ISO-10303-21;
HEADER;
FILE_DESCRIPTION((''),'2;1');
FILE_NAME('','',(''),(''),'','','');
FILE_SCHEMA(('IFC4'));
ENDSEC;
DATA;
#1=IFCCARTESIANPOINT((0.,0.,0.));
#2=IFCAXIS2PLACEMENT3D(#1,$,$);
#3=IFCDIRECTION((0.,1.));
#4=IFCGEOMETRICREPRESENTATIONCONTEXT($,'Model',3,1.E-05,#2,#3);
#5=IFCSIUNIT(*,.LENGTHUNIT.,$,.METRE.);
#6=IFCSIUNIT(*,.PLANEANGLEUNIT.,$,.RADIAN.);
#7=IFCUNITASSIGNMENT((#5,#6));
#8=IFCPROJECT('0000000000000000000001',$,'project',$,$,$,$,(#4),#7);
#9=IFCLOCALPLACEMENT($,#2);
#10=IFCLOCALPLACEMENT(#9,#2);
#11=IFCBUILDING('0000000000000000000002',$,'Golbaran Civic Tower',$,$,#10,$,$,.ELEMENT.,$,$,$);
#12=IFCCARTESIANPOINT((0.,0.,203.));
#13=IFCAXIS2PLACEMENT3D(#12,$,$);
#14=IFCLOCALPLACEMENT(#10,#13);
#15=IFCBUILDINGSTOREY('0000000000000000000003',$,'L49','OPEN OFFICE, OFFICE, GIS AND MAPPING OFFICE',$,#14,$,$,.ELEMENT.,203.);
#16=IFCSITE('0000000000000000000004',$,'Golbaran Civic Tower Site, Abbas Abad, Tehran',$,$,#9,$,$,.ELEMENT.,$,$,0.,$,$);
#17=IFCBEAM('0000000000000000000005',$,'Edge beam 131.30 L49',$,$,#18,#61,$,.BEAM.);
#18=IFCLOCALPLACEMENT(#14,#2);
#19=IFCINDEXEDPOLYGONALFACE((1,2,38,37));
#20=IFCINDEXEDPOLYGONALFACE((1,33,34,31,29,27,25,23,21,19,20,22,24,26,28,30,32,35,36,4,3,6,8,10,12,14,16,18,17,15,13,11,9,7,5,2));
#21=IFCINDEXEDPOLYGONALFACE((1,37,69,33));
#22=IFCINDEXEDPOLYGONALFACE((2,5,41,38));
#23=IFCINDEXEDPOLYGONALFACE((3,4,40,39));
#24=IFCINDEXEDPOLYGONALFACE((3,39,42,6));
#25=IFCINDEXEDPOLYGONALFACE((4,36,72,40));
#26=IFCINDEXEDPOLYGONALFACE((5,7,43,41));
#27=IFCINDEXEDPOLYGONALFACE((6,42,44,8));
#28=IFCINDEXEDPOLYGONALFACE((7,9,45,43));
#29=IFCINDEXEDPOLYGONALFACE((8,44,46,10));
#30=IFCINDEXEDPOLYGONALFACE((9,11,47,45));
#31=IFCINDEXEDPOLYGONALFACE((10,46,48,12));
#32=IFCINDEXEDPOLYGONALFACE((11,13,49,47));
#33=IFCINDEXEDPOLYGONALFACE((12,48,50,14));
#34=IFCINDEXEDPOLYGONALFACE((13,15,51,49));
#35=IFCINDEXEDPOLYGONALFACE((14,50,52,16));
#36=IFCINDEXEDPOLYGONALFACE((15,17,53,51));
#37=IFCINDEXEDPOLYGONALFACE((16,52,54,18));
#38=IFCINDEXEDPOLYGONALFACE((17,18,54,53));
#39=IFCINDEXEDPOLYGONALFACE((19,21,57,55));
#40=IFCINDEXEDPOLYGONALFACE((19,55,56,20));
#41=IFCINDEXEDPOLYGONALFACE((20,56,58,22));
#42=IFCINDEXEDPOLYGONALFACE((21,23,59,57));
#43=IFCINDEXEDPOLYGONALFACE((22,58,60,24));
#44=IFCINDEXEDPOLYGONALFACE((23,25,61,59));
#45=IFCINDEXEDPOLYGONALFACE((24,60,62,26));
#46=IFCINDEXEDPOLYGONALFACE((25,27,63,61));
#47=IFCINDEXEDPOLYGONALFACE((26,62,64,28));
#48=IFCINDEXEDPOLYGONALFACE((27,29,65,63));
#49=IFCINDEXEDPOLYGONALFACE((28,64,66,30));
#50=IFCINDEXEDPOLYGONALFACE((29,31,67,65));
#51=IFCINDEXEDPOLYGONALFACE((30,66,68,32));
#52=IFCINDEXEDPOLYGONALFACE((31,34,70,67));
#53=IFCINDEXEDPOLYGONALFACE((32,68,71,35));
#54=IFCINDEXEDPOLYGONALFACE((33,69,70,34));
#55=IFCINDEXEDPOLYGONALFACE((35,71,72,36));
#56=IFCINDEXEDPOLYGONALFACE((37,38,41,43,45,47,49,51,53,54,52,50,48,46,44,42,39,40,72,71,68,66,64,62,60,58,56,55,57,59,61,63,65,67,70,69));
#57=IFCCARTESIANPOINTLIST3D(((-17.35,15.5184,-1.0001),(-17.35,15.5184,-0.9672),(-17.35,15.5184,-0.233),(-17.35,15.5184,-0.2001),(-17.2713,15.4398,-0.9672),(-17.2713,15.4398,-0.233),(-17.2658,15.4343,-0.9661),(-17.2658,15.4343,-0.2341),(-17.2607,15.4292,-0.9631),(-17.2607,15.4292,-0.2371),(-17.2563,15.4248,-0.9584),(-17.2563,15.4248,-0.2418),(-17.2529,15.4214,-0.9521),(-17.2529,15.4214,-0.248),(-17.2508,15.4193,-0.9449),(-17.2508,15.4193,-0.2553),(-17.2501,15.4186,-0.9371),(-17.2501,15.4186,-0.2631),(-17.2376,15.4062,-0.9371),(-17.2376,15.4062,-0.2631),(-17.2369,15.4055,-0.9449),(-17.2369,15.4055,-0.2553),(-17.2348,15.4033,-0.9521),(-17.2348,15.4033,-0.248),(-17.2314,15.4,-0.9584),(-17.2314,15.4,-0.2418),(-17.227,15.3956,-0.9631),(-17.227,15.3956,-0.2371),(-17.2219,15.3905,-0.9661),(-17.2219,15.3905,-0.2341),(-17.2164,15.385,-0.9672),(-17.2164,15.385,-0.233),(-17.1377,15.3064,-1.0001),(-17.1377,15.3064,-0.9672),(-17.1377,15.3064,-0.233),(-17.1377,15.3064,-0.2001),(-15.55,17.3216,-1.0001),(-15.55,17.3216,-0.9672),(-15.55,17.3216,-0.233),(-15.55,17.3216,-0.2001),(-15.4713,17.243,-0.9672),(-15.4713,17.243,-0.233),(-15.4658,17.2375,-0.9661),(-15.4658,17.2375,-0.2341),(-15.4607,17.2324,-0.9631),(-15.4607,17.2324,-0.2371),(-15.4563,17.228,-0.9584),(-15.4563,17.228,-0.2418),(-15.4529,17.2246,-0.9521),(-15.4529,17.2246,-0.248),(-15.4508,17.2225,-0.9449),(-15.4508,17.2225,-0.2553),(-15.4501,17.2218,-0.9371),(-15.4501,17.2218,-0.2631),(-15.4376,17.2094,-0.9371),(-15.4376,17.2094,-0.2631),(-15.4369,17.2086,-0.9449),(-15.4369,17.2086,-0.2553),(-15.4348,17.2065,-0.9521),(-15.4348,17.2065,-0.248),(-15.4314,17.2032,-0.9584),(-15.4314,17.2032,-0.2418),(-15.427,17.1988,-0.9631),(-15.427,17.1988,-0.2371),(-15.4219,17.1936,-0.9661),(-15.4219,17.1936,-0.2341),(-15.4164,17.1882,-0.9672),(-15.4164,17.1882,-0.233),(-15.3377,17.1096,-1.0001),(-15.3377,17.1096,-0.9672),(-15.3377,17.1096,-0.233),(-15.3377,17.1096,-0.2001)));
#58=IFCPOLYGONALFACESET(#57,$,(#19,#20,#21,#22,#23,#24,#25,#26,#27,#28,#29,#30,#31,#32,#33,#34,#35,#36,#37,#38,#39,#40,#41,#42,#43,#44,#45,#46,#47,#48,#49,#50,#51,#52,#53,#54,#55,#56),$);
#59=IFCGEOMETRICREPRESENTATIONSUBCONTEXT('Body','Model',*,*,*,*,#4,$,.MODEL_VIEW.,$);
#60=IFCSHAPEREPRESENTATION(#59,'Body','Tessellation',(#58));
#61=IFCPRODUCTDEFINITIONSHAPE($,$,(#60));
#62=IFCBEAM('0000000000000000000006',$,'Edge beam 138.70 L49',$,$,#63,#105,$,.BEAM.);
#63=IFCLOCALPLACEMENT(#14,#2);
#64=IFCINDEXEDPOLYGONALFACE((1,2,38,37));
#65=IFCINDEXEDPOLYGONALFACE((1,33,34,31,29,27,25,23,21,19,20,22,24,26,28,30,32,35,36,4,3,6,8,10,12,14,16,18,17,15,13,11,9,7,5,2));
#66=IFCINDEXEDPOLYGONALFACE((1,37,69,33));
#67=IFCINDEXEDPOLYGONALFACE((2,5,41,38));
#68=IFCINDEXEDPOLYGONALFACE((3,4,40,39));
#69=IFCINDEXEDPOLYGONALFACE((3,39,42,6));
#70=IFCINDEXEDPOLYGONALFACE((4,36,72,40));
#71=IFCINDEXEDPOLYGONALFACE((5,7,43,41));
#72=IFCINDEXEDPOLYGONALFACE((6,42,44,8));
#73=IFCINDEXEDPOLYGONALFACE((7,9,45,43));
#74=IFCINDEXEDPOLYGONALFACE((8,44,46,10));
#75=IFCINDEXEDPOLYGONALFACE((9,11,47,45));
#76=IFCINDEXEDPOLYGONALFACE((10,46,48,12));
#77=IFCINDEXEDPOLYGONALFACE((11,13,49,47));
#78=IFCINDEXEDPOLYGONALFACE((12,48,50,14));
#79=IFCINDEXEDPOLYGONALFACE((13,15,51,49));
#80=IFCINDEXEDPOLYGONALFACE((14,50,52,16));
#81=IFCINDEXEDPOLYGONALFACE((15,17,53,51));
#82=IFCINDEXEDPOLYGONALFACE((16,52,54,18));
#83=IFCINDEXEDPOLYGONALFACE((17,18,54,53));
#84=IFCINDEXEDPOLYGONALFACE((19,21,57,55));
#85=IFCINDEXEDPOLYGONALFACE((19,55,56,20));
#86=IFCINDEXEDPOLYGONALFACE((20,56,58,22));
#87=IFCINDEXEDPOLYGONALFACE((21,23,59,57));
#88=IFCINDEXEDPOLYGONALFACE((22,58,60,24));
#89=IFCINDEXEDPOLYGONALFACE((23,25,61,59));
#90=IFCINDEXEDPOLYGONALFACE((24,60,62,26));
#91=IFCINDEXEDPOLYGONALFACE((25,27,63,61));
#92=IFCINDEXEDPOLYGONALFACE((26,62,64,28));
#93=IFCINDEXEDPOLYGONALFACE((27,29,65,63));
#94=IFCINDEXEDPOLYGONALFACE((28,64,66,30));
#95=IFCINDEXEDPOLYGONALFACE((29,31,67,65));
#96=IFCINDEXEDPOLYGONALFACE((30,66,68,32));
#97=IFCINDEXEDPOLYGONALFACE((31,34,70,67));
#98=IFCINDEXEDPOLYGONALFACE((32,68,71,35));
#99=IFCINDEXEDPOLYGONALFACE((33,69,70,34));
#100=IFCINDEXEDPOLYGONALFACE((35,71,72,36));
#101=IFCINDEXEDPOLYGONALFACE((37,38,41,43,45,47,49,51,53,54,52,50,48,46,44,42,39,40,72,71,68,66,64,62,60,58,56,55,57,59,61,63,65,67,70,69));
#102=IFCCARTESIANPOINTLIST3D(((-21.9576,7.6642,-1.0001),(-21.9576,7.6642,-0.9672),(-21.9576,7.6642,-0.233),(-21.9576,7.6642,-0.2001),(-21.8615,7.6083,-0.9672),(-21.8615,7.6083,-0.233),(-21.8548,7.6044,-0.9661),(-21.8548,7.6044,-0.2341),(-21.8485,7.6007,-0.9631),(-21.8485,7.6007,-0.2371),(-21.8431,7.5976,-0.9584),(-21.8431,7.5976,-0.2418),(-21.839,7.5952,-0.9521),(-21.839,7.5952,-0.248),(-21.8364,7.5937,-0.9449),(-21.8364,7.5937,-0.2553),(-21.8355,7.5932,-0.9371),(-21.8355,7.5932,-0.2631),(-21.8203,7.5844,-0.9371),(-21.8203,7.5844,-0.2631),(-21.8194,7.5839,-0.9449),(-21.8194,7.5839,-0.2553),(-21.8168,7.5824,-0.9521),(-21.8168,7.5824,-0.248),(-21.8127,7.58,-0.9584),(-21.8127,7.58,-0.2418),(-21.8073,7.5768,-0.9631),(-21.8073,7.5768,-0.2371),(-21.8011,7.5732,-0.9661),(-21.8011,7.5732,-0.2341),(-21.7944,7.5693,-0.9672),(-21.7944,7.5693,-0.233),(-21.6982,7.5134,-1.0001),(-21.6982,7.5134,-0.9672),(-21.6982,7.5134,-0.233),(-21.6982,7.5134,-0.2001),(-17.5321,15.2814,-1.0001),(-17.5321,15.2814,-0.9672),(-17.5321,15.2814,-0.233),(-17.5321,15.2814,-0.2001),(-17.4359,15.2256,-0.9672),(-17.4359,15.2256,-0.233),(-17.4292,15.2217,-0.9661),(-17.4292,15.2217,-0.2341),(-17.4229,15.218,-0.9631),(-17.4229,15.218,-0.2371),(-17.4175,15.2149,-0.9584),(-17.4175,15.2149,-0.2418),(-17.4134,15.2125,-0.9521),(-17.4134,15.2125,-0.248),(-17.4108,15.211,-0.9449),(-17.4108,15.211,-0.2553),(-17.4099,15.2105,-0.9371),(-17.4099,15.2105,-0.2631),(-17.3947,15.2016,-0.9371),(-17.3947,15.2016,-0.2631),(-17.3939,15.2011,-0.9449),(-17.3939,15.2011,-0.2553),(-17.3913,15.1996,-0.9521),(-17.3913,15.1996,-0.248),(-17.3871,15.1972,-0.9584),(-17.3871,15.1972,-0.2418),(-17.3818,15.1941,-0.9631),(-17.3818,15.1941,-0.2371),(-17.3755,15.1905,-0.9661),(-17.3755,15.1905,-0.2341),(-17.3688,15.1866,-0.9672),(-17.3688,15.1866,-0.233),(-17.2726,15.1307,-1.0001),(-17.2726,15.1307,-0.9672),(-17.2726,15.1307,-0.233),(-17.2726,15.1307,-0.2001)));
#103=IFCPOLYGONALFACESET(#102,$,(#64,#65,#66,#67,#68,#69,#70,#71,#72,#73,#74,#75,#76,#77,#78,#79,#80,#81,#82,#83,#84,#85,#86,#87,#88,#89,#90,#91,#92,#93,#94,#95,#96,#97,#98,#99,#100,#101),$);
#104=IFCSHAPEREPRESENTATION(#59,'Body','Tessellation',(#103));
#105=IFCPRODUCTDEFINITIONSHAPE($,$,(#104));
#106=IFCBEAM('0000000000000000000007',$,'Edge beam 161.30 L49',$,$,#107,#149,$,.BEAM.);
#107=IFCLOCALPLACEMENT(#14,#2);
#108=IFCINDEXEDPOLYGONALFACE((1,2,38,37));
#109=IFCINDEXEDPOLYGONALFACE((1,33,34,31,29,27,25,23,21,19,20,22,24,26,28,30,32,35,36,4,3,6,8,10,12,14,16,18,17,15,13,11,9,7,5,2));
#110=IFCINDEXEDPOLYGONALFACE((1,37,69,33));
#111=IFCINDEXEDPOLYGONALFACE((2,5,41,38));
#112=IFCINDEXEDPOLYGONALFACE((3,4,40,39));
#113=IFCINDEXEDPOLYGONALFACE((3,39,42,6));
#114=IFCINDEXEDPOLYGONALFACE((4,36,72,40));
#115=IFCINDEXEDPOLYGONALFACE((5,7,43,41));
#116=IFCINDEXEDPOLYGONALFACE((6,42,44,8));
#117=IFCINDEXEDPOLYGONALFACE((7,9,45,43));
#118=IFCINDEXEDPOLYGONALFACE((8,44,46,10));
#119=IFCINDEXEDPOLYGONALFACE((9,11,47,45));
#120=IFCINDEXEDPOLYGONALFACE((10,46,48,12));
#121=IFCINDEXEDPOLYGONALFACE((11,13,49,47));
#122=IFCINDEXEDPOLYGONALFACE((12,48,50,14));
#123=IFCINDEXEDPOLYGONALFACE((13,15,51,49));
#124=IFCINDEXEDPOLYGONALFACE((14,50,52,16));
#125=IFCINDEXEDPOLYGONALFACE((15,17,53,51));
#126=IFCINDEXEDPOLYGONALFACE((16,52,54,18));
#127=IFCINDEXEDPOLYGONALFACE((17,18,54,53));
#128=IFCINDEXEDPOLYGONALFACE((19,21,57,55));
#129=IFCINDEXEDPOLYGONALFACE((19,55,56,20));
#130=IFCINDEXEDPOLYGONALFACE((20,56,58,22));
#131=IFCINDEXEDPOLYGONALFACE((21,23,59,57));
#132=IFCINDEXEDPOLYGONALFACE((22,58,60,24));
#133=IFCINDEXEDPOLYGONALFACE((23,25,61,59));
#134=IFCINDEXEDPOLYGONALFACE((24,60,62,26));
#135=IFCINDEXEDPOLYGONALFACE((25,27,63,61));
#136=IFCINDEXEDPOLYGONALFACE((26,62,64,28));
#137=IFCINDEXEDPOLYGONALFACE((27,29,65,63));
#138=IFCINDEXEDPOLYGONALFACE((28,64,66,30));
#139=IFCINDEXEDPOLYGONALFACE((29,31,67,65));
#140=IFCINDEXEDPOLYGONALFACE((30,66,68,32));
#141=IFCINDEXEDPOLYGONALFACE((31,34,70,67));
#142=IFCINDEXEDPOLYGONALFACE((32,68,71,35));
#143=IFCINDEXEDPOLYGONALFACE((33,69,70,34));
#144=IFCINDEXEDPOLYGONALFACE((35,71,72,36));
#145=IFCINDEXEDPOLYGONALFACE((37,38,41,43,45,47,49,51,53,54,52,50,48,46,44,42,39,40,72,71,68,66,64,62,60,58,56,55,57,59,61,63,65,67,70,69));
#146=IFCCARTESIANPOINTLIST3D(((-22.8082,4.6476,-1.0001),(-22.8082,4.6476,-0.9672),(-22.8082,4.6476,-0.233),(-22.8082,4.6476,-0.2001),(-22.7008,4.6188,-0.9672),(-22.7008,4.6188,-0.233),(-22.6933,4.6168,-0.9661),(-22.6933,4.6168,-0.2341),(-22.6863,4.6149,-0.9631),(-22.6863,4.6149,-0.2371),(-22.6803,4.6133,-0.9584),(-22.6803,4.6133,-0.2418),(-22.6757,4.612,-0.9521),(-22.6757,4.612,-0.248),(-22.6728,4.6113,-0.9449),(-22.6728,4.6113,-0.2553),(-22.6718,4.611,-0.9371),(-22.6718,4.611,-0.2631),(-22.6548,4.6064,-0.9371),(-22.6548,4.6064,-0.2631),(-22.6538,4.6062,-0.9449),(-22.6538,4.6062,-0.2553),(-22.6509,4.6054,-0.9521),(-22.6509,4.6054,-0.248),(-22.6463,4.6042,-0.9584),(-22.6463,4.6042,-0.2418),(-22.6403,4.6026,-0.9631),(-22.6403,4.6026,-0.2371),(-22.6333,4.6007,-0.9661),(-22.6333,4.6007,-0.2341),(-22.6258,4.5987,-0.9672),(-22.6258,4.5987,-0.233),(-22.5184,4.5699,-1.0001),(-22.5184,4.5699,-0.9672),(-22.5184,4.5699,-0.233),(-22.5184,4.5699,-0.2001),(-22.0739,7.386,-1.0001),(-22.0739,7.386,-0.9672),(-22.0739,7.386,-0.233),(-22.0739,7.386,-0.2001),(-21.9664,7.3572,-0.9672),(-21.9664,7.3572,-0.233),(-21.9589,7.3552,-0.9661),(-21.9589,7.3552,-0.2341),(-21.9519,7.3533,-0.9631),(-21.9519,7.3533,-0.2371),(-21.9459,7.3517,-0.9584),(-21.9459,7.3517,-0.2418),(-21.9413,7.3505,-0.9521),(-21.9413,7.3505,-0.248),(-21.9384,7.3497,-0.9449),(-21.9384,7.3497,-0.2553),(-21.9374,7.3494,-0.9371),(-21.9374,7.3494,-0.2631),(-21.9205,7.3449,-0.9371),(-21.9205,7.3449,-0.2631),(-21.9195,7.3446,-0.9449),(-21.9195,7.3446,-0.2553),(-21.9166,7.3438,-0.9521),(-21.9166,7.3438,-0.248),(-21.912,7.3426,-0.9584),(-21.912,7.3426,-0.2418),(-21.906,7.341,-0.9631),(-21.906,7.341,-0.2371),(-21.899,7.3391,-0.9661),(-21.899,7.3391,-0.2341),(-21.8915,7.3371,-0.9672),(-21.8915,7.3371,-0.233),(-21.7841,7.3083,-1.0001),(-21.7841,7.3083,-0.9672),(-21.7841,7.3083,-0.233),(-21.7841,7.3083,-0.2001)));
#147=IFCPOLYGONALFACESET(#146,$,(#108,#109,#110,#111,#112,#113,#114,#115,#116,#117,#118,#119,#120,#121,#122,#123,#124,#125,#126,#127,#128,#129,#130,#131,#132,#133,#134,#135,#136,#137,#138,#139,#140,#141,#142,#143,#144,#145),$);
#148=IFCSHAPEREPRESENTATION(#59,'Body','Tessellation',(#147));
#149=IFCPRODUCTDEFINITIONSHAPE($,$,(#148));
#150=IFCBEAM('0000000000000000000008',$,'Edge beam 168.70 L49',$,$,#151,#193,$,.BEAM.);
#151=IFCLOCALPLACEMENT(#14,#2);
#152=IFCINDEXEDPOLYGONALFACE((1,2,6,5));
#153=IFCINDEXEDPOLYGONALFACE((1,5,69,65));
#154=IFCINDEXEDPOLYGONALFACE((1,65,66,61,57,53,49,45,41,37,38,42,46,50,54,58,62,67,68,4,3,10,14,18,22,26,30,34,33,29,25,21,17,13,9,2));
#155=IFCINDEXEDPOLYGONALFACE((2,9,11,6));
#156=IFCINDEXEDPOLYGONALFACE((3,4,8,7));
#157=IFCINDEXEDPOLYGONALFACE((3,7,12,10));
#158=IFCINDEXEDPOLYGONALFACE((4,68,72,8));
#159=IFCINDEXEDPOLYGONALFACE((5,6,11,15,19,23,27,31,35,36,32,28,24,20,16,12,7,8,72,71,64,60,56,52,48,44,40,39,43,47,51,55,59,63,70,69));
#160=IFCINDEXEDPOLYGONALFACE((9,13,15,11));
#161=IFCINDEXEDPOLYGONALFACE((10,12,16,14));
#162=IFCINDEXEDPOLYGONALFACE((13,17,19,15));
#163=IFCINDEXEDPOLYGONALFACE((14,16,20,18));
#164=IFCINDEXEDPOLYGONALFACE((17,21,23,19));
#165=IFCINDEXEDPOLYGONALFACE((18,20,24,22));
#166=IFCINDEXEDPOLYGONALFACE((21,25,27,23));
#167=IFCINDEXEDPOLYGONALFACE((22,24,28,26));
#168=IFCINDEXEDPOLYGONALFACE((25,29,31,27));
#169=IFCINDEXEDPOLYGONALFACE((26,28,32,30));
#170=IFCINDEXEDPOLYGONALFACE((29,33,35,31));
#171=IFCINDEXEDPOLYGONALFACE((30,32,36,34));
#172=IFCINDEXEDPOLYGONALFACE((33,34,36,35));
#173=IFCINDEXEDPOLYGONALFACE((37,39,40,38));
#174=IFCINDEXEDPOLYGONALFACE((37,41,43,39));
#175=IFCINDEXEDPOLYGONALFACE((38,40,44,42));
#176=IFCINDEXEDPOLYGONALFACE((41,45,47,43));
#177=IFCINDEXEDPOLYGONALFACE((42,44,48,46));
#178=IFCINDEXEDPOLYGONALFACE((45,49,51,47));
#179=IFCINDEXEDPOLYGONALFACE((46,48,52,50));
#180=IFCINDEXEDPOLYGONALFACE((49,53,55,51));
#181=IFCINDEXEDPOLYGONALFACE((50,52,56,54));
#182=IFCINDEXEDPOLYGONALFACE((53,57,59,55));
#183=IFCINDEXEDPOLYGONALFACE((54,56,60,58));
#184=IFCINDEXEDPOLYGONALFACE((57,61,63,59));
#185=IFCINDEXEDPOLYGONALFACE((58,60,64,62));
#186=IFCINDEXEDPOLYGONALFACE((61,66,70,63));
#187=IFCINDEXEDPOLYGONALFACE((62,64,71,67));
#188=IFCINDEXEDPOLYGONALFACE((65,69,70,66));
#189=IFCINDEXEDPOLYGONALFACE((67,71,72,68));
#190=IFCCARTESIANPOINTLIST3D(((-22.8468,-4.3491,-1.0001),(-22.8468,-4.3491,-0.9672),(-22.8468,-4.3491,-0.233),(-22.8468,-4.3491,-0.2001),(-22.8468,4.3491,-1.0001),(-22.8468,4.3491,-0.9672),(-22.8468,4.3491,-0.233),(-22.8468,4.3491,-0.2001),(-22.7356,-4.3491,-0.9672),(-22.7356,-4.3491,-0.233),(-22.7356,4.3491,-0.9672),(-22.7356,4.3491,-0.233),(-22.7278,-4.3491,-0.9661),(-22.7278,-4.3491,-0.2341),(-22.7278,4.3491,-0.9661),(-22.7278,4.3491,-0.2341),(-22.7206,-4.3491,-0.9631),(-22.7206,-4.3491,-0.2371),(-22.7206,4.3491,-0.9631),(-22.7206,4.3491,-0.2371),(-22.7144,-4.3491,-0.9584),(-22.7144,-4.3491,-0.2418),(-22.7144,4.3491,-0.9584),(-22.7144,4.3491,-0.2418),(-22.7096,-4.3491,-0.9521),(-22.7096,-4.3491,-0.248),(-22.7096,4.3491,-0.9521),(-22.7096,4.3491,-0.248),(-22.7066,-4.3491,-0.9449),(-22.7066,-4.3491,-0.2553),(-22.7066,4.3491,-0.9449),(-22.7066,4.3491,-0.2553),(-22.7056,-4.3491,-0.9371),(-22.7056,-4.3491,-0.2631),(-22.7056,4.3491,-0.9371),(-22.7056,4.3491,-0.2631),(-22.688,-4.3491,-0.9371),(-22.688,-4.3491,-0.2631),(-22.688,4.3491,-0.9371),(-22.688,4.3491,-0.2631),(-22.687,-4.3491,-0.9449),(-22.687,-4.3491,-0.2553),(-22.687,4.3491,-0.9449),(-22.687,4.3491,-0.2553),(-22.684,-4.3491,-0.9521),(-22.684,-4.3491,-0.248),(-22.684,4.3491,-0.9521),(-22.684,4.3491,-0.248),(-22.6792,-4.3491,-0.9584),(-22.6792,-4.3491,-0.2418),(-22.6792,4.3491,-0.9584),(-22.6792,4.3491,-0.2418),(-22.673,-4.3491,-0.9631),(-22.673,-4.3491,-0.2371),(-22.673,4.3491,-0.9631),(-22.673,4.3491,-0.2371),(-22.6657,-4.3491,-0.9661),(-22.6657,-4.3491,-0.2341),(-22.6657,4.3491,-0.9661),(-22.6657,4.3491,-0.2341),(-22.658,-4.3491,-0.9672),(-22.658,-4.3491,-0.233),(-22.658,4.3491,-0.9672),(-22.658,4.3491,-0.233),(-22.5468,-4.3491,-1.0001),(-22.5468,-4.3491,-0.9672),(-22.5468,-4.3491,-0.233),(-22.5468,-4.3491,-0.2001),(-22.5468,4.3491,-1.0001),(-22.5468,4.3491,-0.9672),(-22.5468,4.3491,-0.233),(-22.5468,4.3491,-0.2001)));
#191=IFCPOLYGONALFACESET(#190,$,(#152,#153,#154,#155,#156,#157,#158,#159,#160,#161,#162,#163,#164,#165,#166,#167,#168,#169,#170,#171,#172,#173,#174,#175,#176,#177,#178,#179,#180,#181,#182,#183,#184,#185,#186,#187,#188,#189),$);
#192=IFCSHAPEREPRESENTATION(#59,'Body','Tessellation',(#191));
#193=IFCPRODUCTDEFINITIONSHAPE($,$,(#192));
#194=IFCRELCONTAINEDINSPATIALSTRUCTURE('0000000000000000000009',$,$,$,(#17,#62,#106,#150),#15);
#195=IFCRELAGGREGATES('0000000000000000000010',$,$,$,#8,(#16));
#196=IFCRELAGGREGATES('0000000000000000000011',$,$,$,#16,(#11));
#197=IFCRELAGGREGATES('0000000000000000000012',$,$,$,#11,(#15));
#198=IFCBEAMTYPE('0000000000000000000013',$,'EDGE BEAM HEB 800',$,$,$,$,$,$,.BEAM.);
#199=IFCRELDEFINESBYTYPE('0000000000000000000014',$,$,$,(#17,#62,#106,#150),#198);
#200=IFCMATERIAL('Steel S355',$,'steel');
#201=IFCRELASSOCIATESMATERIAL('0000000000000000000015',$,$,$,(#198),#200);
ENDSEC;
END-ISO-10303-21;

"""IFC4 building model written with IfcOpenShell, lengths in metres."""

from ifc_helpers import new_model, si_unit, direction, frame, origin, origin_2d, place, context, subcontext, project, spatial, i_section, extrude, material, material_profile, profile_set, type_object, element, save


model = new_model("IFC4")

# Units and contexts
model_context = context("Model", 3, precision=1e-05, world=origin(), true_north=direction((0.0, 1.0)))
body_context = subcontext(model_context, "Body", "Model", "MODEL_VIEW")
ifc_project = project(units=[si_unit("LENGTHUNIT", "METRE"), si_unit("PLANEANGLEUNIT", "RADIAN")], contexts=[model_context])

# Site, building, storey
site_placement = place(None, origin())
site = spatial("IfcSite", under=ifc_project, at=site_placement, Name="Golbaran Civic Tower Site, Abbas Abad, Tehran", CompositionType="ELEMENT", RefElevation=0.0)
building_placement = place(site_placement, origin())
building = spatial("IfcBuilding", under=site, at=building_placement, Name="Golbaran Civic Tower", CompositionType="ELEMENT")
storey_placement = place(building_placement, frame((0.0, 0.0, 203.0)))
storey = spatial("IfcBuildingStorey", under=building, at=storey_placement, Name="L49", Description="OPEN OFFICE, OFFICE, GIS AND MAPPING OFFICE", CompositionType="ELEMENT", Elevation=203.0)

# Beams
ifc_material_1 = material(Name="Steel S355", Category="steel")
ifc_material_profile_1 = material_profile(ifc_material_1, i_section(OverallWidth=0.3, OverallDepth=0.8, WebThickness=0.0176, FlangeThickness=0.033, FilletRadius=0.03, at=origin_2d()), Name="HEB 800")
ifc_profile_set_1 = profile_set([ifc_material_profile_1], Name="Steel S355")
beam_type_1 = type_object("IfcBeamType", Name="EDGE BEAM HEB 800", PredefinedType="BEAM", material=ifc_profile_set_1)
beam_1_placement = place(storey_placement, frame((-15.4438, 17.2156, -0.6001), z_axis=(-0.706484, -0.707729, 0.0), x_axis=(0.707729, -0.706484, 0.0)))
element("IfcBeam", 1, at=beam_1_placement, inside=storey, type_object=beam_type_1, Name="Edge beam 131.30 L49", PredefinedType="BEAM", context=body_context, shape_type="SweptSolid", body=[
    extrude(i_section(OverallWidth=0.3, OverallDepth=0.8, WebThickness=0.0176, FlangeThickness=0.033, FilletRadius=0.03, at=origin_2d()), origin(), (0.0, 0.0, 1.0), 2.5479),
])
beam_2_placement = place(storey_placement, frame((-17.4023, 15.2061, -0.6001), z_axis=(-0.502361, -0.864658, 0.0), x_axis=(0.864658, -0.502361, 0.0)))
element("IfcBeam", 2, at=beam_2_placement, inside=storey, type_object=beam_type_1, Name="Edge beam 138.70 L49", PredefinedType="BEAM", context=body_context, shape_type="SweptSolid", body=[
    extrude(i_section(OverallWidth=0.3, OverallDepth=0.8, WebThickness=0.0176, FlangeThickness=0.033, FilletRadius=0.03, at=origin_2d()), origin(), (0.0, 0.0, 1.0), 8.8096),
])
beam_3_placement = place(storey_placement, frame((-21.929, 7.3472, -0.6001), z_axis=(-0.259013, -0.965874, 0.0), x_axis=(0.965874, -0.259013, 0.0)))
element("IfcBeam", 3, at=beam_3_placement, inside=storey, type_object=beam_type_1, Name="Edge beam 161.30 L49", PredefinedType="BEAM", context=body_context, shape_type="SweptSolid", body=[
    extrude(i_section(OverallWidth=0.3, OverallDepth=0.8, WebThickness=0.0176, FlangeThickness=0.033, FilletRadius=0.03, at=origin_2d()), origin(), (0.0, 0.0, 1.0), 2.8352),
])
beam_4_placement = place(storey_placement, frame((-22.6968, 4.3491, -0.6001), z_axis=(0.0, -1.0, 0.0), x_axis=(1.0, 0.0, 0.0)))
element("IfcBeam", 4, at=beam_4_placement, inside=storey, type_object=beam_type_1, Name="Edge beam 168.70 L49", PredefinedType="BEAM", context=body_context, shape_type="SweptSolid", body=[
    extrude(i_section(OverallWidth=0.3, OverallDepth=0.8, WebThickness=0.0176, FlangeThickness=0.033, FilletRadius=0.03, at=origin_2d()), origin(), (0.0, 0.0, 1.0), 8.6982),
])

save(model, "model.ifc")
